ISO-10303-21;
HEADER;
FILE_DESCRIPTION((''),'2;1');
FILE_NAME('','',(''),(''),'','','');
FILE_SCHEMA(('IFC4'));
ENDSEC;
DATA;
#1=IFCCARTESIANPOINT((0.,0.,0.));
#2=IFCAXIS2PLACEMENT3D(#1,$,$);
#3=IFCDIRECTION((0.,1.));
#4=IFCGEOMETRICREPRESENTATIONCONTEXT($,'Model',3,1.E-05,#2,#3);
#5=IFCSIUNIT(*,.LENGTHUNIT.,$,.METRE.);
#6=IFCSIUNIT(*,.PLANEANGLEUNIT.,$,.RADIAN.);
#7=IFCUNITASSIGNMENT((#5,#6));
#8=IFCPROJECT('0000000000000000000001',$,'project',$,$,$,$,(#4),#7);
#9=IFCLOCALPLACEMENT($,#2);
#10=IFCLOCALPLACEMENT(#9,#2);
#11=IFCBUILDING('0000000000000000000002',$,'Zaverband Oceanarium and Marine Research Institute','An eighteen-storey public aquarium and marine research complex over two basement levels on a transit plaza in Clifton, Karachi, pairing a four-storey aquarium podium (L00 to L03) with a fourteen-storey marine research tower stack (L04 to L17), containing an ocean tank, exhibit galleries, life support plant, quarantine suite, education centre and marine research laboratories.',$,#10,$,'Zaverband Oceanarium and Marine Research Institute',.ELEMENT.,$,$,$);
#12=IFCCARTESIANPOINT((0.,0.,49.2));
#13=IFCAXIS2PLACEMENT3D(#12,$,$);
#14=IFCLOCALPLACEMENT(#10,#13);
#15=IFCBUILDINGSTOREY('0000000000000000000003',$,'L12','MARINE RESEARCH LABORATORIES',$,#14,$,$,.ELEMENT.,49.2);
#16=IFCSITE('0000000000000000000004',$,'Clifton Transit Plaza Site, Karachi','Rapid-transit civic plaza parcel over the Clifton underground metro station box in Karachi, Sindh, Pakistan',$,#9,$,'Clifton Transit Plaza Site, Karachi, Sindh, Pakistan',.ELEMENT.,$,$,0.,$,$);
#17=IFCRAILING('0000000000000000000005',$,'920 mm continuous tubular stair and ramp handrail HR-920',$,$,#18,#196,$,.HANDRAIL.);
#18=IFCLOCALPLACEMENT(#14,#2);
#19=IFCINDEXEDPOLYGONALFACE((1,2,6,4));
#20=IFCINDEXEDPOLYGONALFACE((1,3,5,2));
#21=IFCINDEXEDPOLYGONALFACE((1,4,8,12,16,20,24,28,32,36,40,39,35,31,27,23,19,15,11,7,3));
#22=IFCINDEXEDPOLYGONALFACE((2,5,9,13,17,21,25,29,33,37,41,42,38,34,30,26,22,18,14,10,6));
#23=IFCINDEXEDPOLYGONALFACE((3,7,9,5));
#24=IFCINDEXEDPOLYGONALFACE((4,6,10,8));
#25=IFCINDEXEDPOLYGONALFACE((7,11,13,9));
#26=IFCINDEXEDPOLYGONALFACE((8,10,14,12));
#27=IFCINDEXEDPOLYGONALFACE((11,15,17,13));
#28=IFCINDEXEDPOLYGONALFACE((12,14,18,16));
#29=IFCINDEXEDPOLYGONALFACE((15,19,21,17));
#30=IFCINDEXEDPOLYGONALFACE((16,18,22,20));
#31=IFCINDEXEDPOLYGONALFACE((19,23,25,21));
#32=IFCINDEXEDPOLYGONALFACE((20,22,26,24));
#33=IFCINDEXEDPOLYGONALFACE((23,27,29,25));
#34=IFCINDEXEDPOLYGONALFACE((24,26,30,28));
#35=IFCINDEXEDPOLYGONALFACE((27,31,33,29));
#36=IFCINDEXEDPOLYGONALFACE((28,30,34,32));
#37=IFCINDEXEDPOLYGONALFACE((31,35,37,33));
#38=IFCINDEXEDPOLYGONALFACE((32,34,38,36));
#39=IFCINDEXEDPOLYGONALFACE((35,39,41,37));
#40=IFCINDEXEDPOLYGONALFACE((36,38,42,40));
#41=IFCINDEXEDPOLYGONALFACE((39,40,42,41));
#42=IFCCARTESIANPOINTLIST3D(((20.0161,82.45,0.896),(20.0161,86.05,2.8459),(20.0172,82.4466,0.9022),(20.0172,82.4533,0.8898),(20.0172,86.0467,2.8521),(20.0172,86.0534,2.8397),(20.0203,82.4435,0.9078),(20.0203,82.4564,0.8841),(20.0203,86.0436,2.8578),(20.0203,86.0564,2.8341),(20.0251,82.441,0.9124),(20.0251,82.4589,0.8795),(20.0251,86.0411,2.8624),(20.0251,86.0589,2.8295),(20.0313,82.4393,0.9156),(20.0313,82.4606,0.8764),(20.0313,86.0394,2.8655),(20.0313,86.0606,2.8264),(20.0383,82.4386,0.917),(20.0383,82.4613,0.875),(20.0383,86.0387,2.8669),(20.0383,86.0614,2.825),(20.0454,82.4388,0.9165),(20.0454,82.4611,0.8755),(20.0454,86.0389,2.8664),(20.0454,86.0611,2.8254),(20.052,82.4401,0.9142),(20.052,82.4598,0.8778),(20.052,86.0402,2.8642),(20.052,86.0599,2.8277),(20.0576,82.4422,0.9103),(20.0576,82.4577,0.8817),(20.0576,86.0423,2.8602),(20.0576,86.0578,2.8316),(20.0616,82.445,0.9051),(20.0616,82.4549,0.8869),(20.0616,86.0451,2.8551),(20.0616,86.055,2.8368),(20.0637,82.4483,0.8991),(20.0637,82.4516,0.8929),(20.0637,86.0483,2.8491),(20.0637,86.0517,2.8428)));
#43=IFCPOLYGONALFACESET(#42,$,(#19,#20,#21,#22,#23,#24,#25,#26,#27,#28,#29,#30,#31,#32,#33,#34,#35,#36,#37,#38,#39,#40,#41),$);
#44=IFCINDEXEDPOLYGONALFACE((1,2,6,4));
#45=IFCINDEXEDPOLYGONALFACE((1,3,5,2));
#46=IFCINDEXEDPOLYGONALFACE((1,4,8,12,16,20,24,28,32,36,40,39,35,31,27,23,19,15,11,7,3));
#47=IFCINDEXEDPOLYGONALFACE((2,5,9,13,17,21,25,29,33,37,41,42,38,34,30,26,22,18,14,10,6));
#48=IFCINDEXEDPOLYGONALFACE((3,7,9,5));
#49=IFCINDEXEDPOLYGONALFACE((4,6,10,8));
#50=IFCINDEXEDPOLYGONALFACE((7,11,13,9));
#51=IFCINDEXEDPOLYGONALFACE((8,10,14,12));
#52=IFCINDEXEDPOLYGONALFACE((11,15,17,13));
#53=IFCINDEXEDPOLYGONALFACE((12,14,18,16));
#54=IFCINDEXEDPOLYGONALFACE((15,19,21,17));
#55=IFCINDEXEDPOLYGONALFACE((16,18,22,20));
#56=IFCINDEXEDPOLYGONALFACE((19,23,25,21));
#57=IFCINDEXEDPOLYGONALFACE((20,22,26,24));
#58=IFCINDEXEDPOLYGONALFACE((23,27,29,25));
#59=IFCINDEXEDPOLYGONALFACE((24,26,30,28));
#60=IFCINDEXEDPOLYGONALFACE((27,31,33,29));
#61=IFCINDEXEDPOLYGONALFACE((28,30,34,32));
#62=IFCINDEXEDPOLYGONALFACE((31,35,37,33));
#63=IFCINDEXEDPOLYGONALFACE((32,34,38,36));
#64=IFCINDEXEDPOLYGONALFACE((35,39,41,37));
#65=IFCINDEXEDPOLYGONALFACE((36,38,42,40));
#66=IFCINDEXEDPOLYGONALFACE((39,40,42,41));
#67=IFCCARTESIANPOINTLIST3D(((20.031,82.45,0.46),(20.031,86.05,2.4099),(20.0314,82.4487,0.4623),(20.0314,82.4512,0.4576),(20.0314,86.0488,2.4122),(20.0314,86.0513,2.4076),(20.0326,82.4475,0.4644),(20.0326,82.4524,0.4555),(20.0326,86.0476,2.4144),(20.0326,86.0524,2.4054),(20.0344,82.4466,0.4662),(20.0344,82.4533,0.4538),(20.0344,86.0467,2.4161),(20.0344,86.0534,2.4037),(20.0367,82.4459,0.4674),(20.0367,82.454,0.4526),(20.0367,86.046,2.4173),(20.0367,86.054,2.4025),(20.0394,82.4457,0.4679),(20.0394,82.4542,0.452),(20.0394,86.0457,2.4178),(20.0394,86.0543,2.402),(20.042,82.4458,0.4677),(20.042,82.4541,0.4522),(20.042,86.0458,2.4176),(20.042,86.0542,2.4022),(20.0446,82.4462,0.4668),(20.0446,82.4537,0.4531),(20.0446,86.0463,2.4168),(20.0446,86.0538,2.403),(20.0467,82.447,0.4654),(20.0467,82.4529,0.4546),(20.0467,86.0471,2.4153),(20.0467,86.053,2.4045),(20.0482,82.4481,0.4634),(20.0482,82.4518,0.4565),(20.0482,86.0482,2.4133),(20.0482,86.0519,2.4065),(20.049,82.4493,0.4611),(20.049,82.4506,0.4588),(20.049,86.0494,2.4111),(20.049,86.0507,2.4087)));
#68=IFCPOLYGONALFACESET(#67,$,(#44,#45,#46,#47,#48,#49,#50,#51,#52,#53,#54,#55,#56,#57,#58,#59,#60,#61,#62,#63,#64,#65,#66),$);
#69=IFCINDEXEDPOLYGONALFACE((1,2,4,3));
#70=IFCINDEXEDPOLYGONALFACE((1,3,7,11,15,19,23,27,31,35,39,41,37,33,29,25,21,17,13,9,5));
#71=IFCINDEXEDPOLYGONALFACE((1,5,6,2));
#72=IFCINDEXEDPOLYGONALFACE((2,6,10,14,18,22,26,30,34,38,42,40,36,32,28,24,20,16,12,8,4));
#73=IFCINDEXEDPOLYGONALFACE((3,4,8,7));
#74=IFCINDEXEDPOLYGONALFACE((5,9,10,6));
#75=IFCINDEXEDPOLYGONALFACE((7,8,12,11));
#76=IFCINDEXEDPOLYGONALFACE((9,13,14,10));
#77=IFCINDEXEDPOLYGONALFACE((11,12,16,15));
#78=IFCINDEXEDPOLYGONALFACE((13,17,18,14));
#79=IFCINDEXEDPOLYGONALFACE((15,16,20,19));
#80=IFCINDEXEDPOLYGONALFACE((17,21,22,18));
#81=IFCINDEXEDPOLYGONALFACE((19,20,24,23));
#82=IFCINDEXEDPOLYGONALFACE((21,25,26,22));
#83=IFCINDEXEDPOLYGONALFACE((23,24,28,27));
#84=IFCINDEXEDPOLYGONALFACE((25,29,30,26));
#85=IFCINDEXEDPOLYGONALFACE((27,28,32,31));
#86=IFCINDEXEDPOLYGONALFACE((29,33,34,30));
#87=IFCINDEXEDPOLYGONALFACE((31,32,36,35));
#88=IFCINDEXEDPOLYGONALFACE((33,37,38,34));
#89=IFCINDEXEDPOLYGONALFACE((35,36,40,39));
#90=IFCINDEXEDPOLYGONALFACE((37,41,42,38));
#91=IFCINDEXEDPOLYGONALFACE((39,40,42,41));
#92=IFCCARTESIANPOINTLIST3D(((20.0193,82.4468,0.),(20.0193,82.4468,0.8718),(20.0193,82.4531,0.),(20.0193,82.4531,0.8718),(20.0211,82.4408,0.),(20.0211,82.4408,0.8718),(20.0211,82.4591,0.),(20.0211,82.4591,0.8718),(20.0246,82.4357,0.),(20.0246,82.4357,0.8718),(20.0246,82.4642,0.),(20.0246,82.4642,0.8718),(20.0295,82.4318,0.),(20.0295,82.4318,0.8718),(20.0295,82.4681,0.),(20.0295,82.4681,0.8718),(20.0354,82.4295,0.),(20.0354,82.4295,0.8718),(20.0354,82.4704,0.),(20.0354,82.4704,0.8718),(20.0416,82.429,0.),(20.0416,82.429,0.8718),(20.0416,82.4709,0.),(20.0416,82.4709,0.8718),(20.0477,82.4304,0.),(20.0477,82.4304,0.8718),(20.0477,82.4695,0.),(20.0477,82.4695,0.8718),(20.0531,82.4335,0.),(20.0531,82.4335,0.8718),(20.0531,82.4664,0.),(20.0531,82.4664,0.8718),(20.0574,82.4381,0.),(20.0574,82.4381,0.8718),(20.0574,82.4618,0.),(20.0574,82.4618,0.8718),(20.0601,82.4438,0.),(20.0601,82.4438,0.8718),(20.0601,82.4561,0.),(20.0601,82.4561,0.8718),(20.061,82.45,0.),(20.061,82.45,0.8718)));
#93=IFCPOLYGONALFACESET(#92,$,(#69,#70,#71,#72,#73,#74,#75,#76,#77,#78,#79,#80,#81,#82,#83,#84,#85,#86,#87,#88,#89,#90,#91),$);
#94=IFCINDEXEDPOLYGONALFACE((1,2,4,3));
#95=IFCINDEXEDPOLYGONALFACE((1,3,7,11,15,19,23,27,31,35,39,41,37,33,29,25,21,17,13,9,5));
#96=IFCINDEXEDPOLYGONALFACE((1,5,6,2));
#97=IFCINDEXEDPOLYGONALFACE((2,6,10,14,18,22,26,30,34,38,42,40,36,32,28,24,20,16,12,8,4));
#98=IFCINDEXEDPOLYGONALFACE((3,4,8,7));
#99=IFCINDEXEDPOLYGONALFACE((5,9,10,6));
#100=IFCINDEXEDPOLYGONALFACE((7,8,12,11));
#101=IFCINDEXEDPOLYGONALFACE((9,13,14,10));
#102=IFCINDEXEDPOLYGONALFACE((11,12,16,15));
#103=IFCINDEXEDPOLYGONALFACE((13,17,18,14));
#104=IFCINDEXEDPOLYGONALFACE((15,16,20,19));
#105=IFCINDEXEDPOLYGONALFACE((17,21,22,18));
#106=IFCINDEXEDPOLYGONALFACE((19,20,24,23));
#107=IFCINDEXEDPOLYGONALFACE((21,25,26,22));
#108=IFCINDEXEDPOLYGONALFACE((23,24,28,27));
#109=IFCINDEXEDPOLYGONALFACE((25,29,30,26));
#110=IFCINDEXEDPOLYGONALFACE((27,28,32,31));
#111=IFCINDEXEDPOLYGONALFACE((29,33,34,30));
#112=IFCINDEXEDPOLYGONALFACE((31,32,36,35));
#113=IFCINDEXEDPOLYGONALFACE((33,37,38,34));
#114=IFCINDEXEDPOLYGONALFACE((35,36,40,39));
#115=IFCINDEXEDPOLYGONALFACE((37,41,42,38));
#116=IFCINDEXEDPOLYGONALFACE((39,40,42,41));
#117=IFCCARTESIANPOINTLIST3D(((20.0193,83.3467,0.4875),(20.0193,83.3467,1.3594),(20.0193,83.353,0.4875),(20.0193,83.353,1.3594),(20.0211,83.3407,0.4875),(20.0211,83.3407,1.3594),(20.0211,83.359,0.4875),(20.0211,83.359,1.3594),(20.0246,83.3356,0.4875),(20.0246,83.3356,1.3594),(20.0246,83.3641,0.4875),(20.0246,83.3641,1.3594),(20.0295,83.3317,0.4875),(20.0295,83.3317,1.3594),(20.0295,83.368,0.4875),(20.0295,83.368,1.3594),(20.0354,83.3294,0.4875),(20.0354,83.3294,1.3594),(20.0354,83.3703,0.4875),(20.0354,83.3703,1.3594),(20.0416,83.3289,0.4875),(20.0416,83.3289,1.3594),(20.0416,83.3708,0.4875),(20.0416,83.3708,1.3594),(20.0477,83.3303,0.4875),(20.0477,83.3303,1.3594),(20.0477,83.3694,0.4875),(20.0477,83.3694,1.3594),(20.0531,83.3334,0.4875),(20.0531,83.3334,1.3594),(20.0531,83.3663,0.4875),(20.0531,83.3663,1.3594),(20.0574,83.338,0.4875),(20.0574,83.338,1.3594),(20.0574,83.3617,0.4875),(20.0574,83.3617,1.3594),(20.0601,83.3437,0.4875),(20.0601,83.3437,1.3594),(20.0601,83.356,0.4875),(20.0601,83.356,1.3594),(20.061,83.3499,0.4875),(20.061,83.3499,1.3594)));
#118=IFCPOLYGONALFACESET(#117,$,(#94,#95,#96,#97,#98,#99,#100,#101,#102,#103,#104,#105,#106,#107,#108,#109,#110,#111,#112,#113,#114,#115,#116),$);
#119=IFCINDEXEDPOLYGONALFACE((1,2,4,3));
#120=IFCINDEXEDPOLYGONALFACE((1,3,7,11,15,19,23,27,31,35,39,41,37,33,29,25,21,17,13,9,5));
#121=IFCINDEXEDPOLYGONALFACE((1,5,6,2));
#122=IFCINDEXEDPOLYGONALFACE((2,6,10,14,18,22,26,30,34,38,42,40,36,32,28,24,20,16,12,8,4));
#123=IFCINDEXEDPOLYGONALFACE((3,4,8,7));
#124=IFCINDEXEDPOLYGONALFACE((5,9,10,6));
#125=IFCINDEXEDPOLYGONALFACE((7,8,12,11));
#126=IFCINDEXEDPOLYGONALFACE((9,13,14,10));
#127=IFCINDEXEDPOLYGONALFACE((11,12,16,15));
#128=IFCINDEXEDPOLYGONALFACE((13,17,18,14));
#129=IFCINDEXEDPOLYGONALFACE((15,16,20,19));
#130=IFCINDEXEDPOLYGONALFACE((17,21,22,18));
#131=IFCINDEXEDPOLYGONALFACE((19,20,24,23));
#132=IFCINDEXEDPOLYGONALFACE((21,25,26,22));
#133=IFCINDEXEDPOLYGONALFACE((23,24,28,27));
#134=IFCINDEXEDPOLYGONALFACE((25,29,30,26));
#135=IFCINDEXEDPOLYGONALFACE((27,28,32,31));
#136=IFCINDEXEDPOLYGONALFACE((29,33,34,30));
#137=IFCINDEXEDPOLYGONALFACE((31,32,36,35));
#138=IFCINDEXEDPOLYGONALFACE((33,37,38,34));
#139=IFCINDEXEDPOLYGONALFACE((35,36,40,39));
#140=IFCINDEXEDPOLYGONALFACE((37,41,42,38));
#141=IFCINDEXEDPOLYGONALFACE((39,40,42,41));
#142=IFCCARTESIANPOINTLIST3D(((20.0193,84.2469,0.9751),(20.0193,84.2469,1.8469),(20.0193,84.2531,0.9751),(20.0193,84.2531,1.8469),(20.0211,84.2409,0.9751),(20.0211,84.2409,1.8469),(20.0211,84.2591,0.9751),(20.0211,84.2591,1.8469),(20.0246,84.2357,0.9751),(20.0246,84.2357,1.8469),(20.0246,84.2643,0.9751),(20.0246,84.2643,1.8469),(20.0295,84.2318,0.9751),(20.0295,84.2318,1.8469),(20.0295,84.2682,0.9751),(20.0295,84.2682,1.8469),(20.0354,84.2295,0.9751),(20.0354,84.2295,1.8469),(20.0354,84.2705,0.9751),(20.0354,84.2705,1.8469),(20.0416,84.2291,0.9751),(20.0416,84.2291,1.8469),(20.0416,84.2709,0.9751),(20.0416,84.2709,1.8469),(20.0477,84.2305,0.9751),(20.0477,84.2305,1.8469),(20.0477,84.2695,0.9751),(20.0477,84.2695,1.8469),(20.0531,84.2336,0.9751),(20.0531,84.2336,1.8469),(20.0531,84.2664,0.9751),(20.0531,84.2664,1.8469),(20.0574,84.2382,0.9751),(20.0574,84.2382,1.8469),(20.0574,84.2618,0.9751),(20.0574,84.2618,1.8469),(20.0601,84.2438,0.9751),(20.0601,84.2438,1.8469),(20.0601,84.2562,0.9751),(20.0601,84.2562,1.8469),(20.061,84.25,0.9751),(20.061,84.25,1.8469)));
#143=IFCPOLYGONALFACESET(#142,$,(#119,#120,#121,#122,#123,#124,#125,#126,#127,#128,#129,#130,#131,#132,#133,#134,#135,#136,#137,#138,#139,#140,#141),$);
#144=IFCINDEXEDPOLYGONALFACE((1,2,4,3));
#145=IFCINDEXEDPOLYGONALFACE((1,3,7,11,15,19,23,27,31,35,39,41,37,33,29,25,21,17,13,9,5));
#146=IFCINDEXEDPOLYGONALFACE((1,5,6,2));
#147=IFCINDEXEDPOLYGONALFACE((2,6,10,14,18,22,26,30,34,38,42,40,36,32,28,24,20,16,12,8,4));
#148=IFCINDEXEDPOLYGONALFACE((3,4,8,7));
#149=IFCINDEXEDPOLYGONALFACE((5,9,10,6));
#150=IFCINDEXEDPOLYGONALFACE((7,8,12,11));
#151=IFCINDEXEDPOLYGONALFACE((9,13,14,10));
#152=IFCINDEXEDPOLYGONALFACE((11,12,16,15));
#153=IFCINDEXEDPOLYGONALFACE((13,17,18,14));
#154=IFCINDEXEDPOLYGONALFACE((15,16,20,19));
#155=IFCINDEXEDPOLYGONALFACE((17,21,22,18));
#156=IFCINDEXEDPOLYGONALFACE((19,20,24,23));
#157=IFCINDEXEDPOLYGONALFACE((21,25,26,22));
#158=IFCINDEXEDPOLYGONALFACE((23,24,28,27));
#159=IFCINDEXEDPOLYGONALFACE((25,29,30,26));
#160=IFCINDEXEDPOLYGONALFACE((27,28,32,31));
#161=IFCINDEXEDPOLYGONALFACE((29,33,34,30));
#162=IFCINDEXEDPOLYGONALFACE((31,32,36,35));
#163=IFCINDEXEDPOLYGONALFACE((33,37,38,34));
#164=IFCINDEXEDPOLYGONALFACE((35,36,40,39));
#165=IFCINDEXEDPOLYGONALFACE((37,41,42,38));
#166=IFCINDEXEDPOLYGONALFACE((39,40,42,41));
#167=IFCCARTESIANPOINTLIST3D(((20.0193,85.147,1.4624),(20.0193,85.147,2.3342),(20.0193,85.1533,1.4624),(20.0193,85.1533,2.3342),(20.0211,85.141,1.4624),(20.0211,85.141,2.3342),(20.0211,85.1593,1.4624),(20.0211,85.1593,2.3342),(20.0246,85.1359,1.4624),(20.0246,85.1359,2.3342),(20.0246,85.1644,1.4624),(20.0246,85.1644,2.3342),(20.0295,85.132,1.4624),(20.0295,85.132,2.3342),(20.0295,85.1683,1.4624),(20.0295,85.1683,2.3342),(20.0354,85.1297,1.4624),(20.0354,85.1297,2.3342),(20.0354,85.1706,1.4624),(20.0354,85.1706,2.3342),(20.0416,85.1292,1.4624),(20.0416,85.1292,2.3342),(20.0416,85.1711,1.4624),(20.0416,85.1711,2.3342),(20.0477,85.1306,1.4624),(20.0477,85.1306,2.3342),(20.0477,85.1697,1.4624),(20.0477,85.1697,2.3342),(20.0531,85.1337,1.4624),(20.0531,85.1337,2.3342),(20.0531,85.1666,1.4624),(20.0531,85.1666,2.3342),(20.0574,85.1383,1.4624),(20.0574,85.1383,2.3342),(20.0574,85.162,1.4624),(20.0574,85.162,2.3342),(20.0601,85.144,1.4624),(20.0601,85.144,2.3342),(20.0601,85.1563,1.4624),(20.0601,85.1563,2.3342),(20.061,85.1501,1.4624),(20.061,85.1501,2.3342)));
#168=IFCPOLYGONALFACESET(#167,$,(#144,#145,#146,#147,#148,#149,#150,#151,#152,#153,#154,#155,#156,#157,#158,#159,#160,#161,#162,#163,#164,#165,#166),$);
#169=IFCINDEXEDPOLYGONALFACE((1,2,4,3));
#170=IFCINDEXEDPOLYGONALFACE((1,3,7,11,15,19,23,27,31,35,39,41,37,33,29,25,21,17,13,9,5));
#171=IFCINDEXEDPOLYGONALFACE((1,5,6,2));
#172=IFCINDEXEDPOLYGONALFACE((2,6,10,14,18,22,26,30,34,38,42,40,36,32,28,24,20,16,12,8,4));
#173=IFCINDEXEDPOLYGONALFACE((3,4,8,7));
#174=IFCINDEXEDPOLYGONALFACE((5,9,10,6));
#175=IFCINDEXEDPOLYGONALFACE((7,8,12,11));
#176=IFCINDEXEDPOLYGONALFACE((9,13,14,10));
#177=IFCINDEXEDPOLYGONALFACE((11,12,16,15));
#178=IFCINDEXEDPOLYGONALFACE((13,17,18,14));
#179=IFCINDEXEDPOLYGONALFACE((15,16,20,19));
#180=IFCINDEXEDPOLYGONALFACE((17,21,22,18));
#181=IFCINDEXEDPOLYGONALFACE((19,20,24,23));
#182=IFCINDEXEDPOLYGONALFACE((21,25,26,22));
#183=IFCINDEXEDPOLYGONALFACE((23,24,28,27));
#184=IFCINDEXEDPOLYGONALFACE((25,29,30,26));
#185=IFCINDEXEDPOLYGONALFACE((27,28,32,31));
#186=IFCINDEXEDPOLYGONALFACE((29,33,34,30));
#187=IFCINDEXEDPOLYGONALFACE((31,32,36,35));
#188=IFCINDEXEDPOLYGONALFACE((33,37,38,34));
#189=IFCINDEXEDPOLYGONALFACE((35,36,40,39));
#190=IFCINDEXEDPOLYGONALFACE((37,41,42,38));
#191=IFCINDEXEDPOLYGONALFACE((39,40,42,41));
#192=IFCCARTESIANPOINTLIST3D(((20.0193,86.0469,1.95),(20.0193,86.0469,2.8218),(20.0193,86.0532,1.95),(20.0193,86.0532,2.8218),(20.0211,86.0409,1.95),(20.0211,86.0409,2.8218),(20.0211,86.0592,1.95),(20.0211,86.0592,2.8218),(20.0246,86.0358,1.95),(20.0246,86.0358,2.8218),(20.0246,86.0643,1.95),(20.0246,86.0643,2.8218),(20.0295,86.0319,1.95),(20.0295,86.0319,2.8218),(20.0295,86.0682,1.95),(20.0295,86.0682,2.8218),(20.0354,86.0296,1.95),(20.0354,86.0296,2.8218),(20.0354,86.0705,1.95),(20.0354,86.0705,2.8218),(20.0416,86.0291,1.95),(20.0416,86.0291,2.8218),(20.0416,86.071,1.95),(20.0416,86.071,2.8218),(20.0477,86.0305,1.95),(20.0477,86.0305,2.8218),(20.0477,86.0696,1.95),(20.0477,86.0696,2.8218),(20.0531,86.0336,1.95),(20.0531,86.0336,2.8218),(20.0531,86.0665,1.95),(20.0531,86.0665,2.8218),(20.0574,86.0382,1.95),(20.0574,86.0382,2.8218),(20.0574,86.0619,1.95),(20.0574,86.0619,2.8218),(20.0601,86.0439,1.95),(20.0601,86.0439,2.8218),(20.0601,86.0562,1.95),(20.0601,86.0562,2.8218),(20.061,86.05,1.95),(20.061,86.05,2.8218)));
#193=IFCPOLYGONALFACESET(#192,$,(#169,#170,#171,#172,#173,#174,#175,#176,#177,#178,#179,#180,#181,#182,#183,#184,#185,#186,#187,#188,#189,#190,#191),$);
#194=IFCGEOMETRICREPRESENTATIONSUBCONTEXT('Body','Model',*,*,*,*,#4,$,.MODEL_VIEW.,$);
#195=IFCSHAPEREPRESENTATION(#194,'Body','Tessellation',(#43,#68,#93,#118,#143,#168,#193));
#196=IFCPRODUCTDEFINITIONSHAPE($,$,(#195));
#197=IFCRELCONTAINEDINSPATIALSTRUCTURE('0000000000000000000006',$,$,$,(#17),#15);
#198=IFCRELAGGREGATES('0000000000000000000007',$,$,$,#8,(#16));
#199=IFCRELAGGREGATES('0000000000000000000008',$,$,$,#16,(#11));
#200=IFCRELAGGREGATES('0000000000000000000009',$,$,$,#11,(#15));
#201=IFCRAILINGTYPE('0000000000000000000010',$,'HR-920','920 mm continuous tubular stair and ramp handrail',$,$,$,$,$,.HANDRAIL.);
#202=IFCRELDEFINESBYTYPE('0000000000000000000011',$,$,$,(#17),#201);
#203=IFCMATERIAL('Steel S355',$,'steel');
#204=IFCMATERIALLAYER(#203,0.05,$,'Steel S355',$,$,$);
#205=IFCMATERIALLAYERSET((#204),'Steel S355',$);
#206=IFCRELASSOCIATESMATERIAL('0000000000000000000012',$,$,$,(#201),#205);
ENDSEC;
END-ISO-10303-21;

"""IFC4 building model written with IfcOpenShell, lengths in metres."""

from ifc_helpers import new_model, si_unit, direction, frame, origin, origin_2d, place, context, subcontext, project, spatial, circle, extrude, material, layer, layer_set, type_object, element, save


model = new_model("IFC4")

# Units and contexts
model_context = context("Model", 3, precision=1e-05, world=origin(), true_north=direction((0.0, 1.0)))
body_context = subcontext(model_context, "Body", "Model", "MODEL_VIEW")
ifc_project = project(units=[si_unit("LENGTHUNIT", "METRE"), si_unit("PLANEANGLEUNIT", "RADIAN")], contexts=[model_context])

# Site, building, storey
site_placement = place(None, origin())
site = spatial("IfcSite", under=ifc_project, at=site_placement, Name="Clifton Transit Plaza Site, Karachi", Description="Rapid-transit civic plaza parcel over the Clifton underground metro station box in Karachi, Sindh, Pakistan", LongName="Clifton Transit Plaza Site, Karachi, Sindh, Pakistan", CompositionType="ELEMENT", RefElevation=0.0)
building_placement = place(site_placement, origin())
building = spatial("IfcBuilding", under=site, at=building_placement, Name="Zaverband Oceanarium and Marine Research Institute", Description="An eighteen-storey public aquarium and marine research complex over two basement levels on a transit plaza in Clifton, Karachi, pairing a four-storey aquarium podium (L00 to L03) with a fourteen-storey marine research tower stack (L04 to L17), containing an ocean tank, exhibit galleries, life support plant, quarantine suite, education centre and marine research laboratories.", LongName="Zaverband Oceanarium and Marine Research Institute", CompositionType="ELEMENT")
storey_placement = place(building_placement, frame((0.0, 0.0, 49.2)))
storey = spatial("IfcBuildingStorey", under=building, at=storey_placement, Name="L12", Description="MARINE RESEARCH LABORATORIES", CompositionType="ELEMENT", Elevation=49.2)

# Shared definitions
ifc_material_1 = material(Name="Steel S355", Category="steel")

# Railing
ifc_layer_1 = layer(ifc_material_1, 0.05, Name="Steel S355")
ifc_layer_set_1 = layer_set([ifc_layer_1], Name="Steel S355")
railing_type_1 = type_object("IfcRailingType", Name="HR-920", Description="920 mm continuous tubular stair and ramp handrail", PredefinedType="HANDRAIL", material=ifc_layer_set_1)
railing_1_placement = place(storey_placement, frame((20.04, 82.45, 0.0)))
element("IfcRailing", 1, at=railing_1_placement, inside=storey, type_object=railing_type_1, Name="920 mm continuous tubular stair and ramp handrail HR-920", PredefinedType="HANDRAIL", context=body_context, shape_type="SweptSolid", body=[
    extrude(circle(Radius=0.0239, at=origin_2d()), frame((0.0, 0.0, 0.896), z_axis=(0.0, 0.879302, 0.476264), x_axis=(-1.0, 0.0, 0.0)), (0.0, 0.0, 1.0), 4.0942),
    extrude(circle(Radius=0.009, at=origin_2d()), frame((0.0, 0.0, 0.46), z_axis=(0.0, 0.879302, 0.476264), x_axis=(-1.0, 0.0, 0.0)), (0.0, 0.0, 1.0), 4.0942),
    extrude(circle(Radius=0.021, at=origin_2d()), origin(), (0.0, 0.0, 1.0), 0.8718),
    extrude(circle(Radius=0.021, at=origin_2d()), frame((0.0, 0.8999, 0.4875)), (0.0, 0.0, 1.0), 0.8718),
    extrude(circle(Radius=0.021, at=origin_2d()), frame((0.0, 1.8, 0.9751)), (0.0, 0.0, 1.0), 0.8718),
    extrude(circle(Radius=0.021, at=origin_2d()), frame((0.0, 2.7002, 1.4624)), (0.0, 0.0, 1.0), 0.8718),
    extrude(circle(Radius=0.021, at=origin_2d()), frame((0.0, 3.6001, 1.95)), (0.0, 0.0, 1.0), 0.8718),
])

save(model, "model.ifc")
